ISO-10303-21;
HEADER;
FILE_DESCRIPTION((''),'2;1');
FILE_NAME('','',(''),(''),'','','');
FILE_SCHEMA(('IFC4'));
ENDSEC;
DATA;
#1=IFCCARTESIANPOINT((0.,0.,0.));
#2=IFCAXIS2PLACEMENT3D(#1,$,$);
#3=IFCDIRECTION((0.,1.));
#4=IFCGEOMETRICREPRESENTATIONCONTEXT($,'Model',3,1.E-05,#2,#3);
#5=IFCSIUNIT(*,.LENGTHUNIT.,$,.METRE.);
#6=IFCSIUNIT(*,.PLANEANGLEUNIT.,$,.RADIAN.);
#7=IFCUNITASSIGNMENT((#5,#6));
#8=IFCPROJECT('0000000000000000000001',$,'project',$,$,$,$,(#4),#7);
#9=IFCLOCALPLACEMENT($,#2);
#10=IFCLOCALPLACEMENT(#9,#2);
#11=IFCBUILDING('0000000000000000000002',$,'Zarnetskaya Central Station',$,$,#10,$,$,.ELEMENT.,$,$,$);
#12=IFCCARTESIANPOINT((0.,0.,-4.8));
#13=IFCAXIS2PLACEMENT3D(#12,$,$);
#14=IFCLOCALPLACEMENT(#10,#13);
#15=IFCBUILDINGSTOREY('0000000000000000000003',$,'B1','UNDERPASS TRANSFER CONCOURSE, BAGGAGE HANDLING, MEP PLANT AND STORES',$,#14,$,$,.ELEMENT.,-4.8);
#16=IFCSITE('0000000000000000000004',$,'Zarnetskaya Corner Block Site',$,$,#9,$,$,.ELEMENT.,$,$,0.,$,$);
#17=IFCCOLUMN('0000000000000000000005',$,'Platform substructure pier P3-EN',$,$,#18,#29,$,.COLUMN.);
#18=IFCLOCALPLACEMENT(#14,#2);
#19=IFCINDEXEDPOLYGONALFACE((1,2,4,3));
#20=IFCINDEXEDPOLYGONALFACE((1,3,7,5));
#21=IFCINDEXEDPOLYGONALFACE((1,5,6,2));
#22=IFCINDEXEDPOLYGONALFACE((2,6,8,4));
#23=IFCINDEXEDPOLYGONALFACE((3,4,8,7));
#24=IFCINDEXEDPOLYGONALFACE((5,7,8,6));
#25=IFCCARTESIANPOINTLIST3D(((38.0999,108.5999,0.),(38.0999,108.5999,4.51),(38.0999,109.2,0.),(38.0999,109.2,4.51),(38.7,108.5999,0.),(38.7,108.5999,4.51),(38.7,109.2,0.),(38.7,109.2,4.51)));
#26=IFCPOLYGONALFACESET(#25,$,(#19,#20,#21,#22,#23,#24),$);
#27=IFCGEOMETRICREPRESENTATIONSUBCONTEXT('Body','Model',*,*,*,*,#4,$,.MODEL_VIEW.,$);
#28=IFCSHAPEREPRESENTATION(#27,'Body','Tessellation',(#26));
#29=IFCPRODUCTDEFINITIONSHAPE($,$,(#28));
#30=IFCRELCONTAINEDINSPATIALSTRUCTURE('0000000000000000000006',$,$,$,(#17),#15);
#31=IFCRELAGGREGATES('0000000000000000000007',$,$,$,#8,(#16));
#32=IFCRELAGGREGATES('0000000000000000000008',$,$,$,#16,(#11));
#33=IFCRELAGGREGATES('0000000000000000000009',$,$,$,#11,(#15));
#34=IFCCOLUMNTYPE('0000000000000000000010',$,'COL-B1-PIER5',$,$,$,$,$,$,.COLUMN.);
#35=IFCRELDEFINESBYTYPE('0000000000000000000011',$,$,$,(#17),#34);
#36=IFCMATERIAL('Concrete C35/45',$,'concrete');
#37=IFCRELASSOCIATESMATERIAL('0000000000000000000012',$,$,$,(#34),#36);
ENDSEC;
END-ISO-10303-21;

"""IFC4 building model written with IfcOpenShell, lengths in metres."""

from ifc_helpers import new_model, si_unit, direction, frame, origin, origin_2d, place, context, subcontext, project, spatial, rectangle, extrude, material, material_profile, profile_set, type_object, element, save


model = new_model("IFC4")

# Units and contexts
model_context = context("Model", 3, precision=1e-05, world=origin(), true_north=direction((0.0, 1.0)))
body_context = subcontext(model_context, "Body", "Model", "MODEL_VIEW")
ifc_project = project(units=[si_unit("LENGTHUNIT", "METRE"), si_unit("PLANEANGLEUNIT", "RADIAN")], contexts=[model_context])

# Site, building, storey
site_placement = place(None, origin())
site = spatial("IfcSite", under=ifc_project, at=site_placement, Name="Zarnetskaya Corner Block Site", CompositionType="ELEMENT", RefElevation=0.0)
building_placement = place(site_placement, origin())
building = spatial("IfcBuilding", under=site, at=building_placement, Name="Zarnetskaya Central Station", CompositionType="ELEMENT")
storey_placement = place(building_placement, frame((0.0, 0.0, -4.8)))
storey = spatial("IfcBuildingStorey", under=building, at=storey_placement, Name="B1", Description="UNDERPASS TRANSFER CONCOURSE, BAGGAGE HANDLING, MEP PLANT AND STORES", CompositionType="ELEMENT", Elevation=-4.8)

# Shared definitions
ifc_material = material(Name="Concrete C35/45", Category="concrete")

# Column
ifc_material_profile_1 = material_profile(ifc_material, rectangle(XDim=0.6001, YDim=0.6001, at=origin_2d()), Name="RC 600x600")
ifc_profile_set_1 = profile_set([ifc_material_profile_1], Name="Concrete C35/45")
column_type_1 = type_object("IfcColumnType", Name="COL-B1-PIER5", PredefinedType="COLUMN", material=ifc_profile_set_1)
column_placement = place(storey_placement, frame((38.3999, 108.8999, 0.0), z_axis=(0.0, 0.0, 1.0), x_axis=(1.0, 0.0, 0.0)))
element("IfcColumn", 1, at=column_placement, inside=storey, type_object=column_type_1, Name="Platform substructure pier P3-EN", PredefinedType="COLUMN", context=body_context, shape_type="SweptSolid", body=[
    extrude(rectangle(XDim=0.6001, YDim=0.6001, at=origin_2d()), origin(), (0.0, 0.0, 1.0), 4.51),
])

save(model, "model.ifc")
